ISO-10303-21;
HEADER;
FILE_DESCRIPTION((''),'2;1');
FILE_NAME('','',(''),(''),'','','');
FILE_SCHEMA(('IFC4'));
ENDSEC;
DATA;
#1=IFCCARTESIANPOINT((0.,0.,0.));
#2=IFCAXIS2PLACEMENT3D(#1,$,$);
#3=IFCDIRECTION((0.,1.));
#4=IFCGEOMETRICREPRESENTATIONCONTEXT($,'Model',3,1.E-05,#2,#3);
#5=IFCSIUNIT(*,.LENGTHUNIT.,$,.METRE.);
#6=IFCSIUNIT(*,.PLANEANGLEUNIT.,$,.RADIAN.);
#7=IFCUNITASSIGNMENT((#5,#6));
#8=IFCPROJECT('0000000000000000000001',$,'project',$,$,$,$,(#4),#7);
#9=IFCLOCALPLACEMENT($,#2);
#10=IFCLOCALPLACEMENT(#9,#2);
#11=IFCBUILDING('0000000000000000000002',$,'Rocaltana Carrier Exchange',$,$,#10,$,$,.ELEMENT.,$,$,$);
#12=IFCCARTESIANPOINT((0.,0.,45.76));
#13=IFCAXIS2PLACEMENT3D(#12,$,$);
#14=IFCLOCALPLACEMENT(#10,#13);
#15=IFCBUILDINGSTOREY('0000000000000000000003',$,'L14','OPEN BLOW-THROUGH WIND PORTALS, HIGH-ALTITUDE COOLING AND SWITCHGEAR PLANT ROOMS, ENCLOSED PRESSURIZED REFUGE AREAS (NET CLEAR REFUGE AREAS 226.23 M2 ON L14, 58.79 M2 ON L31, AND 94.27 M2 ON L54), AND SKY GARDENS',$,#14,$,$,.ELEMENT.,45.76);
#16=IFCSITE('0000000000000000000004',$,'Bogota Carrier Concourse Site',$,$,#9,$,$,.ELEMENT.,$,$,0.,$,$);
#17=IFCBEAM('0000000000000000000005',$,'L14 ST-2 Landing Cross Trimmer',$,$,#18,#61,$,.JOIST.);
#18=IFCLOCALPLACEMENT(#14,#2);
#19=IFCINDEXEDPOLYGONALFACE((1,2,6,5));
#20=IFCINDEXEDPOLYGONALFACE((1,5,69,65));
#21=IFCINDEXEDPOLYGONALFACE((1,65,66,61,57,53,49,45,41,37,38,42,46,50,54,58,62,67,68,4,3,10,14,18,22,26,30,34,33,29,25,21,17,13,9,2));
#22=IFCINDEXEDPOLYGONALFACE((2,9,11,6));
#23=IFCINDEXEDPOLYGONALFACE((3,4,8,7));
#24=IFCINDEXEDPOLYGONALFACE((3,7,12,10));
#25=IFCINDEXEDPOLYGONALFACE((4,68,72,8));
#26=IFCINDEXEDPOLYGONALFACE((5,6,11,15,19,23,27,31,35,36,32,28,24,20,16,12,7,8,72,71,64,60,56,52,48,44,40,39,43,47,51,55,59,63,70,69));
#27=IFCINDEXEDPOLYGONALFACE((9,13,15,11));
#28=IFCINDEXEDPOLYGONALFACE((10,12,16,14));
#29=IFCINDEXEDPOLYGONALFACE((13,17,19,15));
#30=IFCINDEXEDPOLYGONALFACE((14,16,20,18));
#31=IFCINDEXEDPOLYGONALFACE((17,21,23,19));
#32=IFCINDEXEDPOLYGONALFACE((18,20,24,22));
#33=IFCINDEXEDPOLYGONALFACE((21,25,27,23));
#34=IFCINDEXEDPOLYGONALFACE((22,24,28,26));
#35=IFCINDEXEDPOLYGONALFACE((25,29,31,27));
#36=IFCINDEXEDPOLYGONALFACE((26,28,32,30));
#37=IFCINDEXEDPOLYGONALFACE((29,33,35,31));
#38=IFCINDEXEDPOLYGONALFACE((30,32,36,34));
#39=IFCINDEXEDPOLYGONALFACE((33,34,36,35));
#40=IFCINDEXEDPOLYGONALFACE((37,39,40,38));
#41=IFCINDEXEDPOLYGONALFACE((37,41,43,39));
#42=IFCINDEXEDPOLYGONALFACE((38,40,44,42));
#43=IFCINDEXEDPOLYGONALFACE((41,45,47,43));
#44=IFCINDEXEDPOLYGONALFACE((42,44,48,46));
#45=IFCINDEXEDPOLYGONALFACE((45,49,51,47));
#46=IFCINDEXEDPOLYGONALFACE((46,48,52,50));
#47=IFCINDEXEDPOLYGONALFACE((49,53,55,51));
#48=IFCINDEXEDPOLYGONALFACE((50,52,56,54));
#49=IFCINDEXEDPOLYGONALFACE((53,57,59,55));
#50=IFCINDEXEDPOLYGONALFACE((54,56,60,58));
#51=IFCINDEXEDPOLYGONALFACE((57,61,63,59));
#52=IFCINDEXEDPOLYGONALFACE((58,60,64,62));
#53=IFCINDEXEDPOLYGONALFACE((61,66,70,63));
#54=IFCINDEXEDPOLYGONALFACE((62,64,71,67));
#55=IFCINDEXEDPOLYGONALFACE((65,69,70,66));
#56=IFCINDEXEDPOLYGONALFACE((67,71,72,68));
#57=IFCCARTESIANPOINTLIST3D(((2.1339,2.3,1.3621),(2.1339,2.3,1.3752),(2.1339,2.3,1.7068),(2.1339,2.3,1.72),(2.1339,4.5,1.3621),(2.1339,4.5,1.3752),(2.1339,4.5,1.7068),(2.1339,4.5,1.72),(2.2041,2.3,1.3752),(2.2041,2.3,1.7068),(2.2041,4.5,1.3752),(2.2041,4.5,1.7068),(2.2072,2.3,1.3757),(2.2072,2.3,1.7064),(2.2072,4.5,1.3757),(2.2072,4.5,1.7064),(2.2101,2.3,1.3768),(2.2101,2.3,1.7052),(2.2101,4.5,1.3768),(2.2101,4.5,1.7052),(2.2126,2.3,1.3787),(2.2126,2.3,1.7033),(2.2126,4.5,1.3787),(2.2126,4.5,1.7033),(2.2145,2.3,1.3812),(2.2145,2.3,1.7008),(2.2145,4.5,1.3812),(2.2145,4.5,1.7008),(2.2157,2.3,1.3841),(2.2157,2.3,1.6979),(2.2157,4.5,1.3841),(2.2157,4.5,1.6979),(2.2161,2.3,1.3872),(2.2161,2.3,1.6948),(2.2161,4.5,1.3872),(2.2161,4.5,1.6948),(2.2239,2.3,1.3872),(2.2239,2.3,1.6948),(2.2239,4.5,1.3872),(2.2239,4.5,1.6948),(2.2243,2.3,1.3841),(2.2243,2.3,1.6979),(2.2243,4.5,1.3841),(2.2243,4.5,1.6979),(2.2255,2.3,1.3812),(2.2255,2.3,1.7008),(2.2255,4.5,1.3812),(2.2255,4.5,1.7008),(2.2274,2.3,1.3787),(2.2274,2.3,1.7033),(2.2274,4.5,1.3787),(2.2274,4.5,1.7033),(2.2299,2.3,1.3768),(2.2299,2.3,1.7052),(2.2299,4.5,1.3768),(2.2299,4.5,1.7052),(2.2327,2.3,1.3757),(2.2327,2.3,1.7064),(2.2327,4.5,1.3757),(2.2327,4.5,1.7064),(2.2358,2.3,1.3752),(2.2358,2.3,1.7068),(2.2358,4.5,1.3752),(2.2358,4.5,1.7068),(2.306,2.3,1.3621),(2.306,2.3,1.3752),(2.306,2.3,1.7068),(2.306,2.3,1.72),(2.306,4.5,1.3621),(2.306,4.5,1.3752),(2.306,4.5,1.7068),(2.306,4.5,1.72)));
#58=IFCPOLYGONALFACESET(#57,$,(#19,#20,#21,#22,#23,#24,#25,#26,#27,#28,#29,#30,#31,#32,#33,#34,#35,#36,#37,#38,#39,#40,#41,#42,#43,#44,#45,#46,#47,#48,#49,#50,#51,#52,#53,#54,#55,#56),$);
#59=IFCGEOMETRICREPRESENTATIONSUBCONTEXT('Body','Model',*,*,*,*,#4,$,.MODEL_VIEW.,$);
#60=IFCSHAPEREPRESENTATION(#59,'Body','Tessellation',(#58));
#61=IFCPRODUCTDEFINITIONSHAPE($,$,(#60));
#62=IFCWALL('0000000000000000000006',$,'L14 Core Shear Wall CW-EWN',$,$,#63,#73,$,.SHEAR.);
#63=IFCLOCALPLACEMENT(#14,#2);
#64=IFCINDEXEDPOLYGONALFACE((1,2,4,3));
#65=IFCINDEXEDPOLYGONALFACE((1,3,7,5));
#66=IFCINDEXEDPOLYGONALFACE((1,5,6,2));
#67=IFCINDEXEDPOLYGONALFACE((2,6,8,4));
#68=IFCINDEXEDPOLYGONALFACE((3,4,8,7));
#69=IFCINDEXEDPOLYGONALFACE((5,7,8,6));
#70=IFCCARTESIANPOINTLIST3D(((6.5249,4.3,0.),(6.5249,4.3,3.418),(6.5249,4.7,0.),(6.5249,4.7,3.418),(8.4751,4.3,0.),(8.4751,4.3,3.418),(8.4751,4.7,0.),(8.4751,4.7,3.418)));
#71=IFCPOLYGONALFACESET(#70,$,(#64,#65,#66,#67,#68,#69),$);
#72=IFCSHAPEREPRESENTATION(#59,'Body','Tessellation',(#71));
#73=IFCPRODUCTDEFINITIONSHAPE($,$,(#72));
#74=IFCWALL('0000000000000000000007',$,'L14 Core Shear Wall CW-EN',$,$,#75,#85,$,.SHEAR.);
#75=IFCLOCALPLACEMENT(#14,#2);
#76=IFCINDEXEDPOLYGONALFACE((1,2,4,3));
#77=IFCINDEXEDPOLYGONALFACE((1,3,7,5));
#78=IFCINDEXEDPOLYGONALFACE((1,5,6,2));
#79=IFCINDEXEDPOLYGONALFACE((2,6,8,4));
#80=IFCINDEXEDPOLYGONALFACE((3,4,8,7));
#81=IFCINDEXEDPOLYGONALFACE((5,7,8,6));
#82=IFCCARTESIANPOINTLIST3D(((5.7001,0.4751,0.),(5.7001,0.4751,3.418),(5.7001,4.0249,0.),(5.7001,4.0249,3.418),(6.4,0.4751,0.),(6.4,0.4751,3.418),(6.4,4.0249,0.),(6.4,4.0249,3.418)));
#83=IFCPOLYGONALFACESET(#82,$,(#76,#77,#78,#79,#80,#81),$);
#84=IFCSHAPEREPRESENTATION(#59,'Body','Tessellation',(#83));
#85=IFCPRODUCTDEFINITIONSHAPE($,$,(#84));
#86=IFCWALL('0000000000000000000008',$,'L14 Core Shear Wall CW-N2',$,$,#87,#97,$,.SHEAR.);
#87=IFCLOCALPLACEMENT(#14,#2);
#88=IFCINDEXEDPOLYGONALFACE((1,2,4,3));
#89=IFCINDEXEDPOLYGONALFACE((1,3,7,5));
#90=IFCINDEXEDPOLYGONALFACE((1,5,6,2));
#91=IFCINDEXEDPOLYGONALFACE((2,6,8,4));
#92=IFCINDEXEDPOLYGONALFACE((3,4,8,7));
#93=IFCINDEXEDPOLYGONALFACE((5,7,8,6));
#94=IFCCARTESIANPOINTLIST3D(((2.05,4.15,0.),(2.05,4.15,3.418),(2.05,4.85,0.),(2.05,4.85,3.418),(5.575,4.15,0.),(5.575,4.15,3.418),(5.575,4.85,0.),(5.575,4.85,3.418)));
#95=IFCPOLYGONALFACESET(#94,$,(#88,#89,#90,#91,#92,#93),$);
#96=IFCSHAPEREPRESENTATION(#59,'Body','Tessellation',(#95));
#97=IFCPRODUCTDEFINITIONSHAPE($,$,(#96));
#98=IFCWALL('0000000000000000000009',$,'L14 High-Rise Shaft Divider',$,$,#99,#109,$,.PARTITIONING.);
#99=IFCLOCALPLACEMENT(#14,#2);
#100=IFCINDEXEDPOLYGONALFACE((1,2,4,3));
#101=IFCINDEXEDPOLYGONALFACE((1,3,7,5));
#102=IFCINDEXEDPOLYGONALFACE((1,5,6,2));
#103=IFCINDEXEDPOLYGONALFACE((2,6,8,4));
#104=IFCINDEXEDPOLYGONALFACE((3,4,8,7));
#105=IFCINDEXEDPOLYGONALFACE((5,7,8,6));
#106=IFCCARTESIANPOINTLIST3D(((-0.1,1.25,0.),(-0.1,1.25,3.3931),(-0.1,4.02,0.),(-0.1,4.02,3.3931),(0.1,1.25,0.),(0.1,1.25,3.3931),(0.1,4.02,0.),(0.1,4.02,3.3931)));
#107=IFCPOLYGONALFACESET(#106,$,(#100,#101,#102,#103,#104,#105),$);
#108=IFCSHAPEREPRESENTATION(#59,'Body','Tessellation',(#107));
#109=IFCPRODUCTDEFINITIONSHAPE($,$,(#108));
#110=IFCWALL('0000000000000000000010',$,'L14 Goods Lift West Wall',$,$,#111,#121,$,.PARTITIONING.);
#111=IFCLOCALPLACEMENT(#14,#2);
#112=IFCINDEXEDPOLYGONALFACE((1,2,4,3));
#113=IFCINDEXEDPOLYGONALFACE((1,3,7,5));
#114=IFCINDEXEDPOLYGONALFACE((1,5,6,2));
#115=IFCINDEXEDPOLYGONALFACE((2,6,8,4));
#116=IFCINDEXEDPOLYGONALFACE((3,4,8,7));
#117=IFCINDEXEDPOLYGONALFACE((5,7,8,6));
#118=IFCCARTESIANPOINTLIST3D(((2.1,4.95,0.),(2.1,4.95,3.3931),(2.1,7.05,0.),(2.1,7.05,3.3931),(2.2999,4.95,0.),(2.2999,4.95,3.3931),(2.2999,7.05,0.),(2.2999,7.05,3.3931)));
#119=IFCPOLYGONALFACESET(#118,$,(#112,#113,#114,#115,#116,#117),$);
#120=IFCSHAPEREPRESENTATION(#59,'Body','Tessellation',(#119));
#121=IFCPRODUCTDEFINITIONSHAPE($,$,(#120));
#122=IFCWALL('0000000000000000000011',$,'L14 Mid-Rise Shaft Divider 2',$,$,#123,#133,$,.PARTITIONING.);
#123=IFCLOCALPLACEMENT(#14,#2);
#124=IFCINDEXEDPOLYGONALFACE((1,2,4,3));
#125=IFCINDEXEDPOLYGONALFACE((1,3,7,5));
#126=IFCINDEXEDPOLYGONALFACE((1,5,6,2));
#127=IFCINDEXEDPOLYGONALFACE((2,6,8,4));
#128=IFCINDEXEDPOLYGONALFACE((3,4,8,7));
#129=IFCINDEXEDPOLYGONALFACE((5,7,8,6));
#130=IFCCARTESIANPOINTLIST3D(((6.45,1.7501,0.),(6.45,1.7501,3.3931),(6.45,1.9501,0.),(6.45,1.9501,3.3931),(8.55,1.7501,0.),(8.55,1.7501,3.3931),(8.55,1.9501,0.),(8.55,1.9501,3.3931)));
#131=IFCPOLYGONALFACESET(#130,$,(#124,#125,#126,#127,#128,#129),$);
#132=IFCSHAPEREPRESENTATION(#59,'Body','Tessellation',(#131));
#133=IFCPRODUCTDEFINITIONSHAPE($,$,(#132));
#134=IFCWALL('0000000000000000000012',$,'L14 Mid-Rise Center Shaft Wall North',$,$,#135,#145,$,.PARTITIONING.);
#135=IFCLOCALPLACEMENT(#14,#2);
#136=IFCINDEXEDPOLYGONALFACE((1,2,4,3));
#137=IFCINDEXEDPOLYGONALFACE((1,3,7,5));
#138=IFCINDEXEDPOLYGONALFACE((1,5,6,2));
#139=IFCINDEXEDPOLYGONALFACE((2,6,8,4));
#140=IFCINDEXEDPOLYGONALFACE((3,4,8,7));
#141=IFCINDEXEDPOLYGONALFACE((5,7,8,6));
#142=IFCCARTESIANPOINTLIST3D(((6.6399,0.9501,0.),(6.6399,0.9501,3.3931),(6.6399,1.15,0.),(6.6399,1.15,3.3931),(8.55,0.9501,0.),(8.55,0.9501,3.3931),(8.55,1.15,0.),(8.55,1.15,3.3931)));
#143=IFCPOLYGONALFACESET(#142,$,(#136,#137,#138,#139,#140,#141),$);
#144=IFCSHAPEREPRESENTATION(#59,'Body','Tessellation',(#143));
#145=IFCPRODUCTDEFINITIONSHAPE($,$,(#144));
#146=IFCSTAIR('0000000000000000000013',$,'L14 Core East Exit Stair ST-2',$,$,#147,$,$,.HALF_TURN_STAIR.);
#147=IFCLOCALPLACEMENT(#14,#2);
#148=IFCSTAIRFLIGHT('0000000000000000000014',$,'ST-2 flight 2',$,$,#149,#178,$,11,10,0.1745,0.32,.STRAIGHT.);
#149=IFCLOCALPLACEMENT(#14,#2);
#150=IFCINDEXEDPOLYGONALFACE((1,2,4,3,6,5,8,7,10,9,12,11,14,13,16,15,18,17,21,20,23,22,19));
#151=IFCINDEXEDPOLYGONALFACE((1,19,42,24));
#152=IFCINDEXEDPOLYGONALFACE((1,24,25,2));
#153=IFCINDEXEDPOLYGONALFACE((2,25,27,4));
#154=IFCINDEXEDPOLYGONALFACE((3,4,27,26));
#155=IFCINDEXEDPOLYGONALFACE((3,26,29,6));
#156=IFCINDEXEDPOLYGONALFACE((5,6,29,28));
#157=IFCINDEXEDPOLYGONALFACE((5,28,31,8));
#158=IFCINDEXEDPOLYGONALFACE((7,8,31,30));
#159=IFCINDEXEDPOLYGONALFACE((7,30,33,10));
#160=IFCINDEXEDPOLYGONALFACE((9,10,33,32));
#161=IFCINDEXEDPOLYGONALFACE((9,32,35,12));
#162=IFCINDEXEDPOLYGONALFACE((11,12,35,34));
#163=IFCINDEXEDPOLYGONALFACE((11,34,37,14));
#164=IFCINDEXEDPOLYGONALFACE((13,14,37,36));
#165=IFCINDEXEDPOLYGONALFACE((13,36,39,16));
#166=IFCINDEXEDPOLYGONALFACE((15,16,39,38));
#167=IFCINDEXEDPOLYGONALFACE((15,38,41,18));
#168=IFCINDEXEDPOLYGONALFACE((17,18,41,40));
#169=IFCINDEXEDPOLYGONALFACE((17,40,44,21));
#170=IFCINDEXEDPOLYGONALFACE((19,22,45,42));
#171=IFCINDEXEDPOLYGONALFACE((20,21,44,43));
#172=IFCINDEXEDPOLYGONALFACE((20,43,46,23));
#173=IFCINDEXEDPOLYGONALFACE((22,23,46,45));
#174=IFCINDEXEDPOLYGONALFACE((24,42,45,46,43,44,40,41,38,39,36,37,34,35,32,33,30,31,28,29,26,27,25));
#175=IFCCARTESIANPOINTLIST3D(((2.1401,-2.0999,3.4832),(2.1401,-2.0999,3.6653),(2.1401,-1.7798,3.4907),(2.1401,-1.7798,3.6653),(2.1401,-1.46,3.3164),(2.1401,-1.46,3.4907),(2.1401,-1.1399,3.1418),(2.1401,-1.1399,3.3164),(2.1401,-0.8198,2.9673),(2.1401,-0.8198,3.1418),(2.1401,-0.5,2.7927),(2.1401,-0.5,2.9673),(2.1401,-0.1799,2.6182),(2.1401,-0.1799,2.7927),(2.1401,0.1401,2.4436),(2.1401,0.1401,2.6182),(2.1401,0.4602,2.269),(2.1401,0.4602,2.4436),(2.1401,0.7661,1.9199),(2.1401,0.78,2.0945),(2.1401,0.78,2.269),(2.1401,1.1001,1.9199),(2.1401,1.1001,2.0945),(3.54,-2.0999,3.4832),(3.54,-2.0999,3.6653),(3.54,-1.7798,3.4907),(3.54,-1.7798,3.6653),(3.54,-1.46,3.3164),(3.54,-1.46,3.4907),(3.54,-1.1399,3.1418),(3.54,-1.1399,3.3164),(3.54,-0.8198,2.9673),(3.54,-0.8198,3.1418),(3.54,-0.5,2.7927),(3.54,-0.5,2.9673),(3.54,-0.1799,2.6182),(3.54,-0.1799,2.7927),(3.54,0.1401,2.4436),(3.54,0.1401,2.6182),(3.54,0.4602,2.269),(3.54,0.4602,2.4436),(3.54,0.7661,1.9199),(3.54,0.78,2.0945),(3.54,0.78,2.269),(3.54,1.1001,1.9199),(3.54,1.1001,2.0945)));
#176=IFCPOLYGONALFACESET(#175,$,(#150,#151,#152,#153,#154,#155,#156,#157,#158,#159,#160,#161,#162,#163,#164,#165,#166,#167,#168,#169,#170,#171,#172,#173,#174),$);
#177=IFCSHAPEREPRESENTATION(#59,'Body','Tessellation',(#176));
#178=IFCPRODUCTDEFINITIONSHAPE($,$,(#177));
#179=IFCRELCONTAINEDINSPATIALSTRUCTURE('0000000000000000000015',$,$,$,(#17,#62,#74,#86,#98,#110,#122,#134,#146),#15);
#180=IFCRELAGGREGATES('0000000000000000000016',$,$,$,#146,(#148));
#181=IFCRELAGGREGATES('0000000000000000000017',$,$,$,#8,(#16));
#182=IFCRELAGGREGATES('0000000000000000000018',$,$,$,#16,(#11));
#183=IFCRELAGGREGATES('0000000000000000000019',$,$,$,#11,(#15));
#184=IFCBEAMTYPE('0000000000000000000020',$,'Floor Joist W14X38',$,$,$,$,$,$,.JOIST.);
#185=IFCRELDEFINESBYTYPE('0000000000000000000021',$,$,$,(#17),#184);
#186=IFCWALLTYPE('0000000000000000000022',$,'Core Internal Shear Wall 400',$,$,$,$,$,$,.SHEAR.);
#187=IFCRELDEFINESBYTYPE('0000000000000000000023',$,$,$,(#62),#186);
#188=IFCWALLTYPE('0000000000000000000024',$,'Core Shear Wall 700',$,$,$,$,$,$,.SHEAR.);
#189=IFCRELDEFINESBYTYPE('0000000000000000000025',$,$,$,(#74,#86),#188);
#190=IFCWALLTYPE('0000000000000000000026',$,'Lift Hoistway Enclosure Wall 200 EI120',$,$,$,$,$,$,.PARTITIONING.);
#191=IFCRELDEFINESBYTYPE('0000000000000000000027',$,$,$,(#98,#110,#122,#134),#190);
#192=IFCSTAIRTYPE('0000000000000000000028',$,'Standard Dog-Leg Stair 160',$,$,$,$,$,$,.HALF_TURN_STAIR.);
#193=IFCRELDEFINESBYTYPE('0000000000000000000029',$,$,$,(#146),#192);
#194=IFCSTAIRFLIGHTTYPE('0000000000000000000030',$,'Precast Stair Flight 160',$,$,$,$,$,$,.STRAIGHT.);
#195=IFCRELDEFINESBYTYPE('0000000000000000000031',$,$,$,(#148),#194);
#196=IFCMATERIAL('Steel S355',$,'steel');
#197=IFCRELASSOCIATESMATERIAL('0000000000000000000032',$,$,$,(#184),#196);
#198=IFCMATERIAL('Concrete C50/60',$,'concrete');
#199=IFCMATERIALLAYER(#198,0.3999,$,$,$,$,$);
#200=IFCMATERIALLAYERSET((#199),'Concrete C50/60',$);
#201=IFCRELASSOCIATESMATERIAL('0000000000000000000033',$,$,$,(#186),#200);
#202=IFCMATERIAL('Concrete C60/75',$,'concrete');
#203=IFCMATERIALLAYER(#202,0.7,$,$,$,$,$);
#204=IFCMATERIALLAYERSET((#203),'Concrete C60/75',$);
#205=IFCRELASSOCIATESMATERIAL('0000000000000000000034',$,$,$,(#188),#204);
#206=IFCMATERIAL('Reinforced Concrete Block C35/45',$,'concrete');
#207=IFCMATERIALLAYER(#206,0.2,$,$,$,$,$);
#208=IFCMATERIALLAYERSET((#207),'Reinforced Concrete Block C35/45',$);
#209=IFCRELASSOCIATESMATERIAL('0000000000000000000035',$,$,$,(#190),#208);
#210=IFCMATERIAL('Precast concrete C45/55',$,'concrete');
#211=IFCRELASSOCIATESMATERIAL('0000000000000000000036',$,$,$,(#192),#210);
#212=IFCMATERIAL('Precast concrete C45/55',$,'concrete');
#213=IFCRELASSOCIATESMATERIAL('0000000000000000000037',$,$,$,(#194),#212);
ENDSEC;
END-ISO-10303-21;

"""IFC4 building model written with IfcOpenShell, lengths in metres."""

from ifc_helpers import new_model, si_unit, direction, frame, frame_2d, origin, origin_2d, place, context, subcontext, project, spatial, polyline, rectangle, i_section, outline, extrude, material, layer, layer_set, material_profile, profile_set, type_object, element, aggregate, save


model = new_model("IFC4")

# Units and contexts
model_context = context("Model", 3, precision=1e-05, world=origin(), true_north=direction((0.0, 1.0)))
body_context = subcontext(model_context, "Body", "Model", "MODEL_VIEW")
ifc_project = project(units=[si_unit("LENGTHUNIT", "METRE"), si_unit("PLANEANGLEUNIT", "RADIAN")], contexts=[model_context])

# Site, building, storey
site_placement = place(None, origin())
site = spatial("IfcSite", under=ifc_project, at=site_placement, Name="Bogota Carrier Concourse Site", CompositionType="ELEMENT", RefElevation=0.0)
building_placement = place(site_placement, origin())
building = spatial("IfcBuilding", under=site, at=building_placement, Name="Rocaltana Carrier Exchange", CompositionType="ELEMENT")
storey_placement = place(building_placement, frame((0.0, 0.0, 45.76)))
storey = spatial("IfcBuildingStorey", under=building, at=storey_placement, Name="L14", Description="OPEN BLOW-THROUGH WIND PORTALS, HIGH-ALTITUDE COOLING AND SWITCHGEAR PLANT ROOMS, ENCLOSED PRESSURIZED REFUGE AREAS (NET CLEAR REFUGE AREAS 226.23 M2 ON L14, 58.79 M2 ON L31, AND 94.27 M2 ON L54), AND SKY GARDENS", CompositionType="ELEMENT", Elevation=45.76)

# Beam
ifc_material_1 = material(Name="Steel S355", Category="steel")
ifc_material_profile_1 = material_profile(ifc_material_1, i_section(OverallWidth=0.1721, OverallDepth=0.3579, WebThickness=0.0078, FlangeThickness=0.0132, FilletRadius=0.012, at=origin_2d()), Name="W14X38")
ifc_profile_set_1 = profile_set([ifc_material_profile_1], Name="Steel S355")
beam_type = type_object("IfcBeamType", Name="Floor Joist W14X38", PredefinedType="JOIST", material=ifc_profile_set_1)
beam_placement = place(storey_placement, frame((2.22, 2.3, 1.541), z_axis=(0.0, 1.0, 0.0), x_axis=(-1.0, 0.0, 0.0)))
element("IfcBeam", 1, at=beam_placement, inside=storey, type_object=beam_type, Name="L14 ST-2 Landing Cross Trimmer", PredefinedType="JOIST", context=body_context, shape_type="SweptSolid", body=[
    extrude(i_section(OverallWidth=0.1721, OverallDepth=0.3579, WebThickness=0.0078, FlangeThickness=0.0132, FilletRadius=0.012, at=origin_2d()), origin(), (0.0, 0.0, 1.0), 2.2),
])

# Walls
ifc_material_2 = material(Name="Concrete C50/60", Category="concrete")
ifc_layer_1 = layer(ifc_material_2, 0.3999)
ifc_layer_set_1 = layer_set([ifc_layer_1], Name="Concrete C50/60")
wall_type_1 = type_object("IfcWallType", Name="Core Internal Shear Wall 400", PredefinedType="SHEAR", material=ifc_layer_set_1)
wall_1_placement = place(storey_placement, frame((6.5249, 4.5, 0.0), z_axis=(0.0, 0.0, 1.0), x_axis=(1.0, 0.0, 0.0)))
element("IfcWall", 2, at=wall_1_placement, inside=storey, type_object=wall_type_1, Name="L14 Core Shear Wall CW-EWN", PredefinedType="SHEAR", context=body_context, shape_type="SweptSolid", body=[
    extrude(rectangle(XDim=1.9502, YDim=0.3999, at=frame_2d((0.9751, 0.0))), origin(), (0.0, 0.0, 1.0), 3.418),
])
ifc_material_3 = material(Name="Concrete C60/75", Category="concrete")
ifc_layer_2 = layer(ifc_material_3, 0.7)
ifc_layer_set_2 = layer_set([ifc_layer_2], Name="Concrete C60/75")
wall_type_2 = type_object("IfcWallType", Name="Core Shear Wall 700", PredefinedType="SHEAR", material=ifc_layer_set_2)
wall_2_placement = place(storey_placement, frame((6.05, 0.4751, 0.0), z_axis=(0.0, 0.0, 1.0), x_axis=(0.0, 1.0, 0.0)))
element("IfcWall", 3, at=wall_2_placement, inside=storey, type_object=wall_type_2, Name="L14 Core Shear Wall CW-EN", PredefinedType="SHEAR", context=body_context, shape_type="SweptSolid", body=[
    extrude(rectangle(XDim=3.5498, YDim=0.7, at=frame_2d((1.7749, 0.0))), origin(), (0.0, 0.0, 1.0), 3.418),
])
wall_3_placement = place(storey_placement, frame((2.05, 4.5, 0.0), z_axis=(0.0, 0.0, 1.0), x_axis=(1.0, 0.0, 0.0)))
element("IfcWall", 4, at=wall_3_placement, inside=storey, type_object=wall_type_2, Name="L14 Core Shear Wall CW-N2", PredefinedType="SHEAR", context=body_context, shape_type="SweptSolid", body=[
    extrude(rectangle(XDim=3.5249, YDim=0.7, at=frame_2d((1.7625, 0.0))), origin(), (0.0, 0.0, 1.0), 3.418),
])
ifc_material_4 = material(Name="Reinforced Concrete Block C35/45", Category="concrete")
ifc_layer_3 = layer(ifc_material_4, 0.2)
ifc_layer_set_3 = layer_set([ifc_layer_3], Name="Reinforced Concrete Block C35/45")
wall_type_3 = type_object("IfcWallType", Name="Lift Hoistway Enclosure Wall 200 EI120", PredefinedType="PARTITIONING", material=ifc_layer_set_3)
wall_4_placement = place(storey_placement, frame((0.0, 1.25, 0.0), z_axis=(0.0, 0.0, 1.0), x_axis=(0.0, 1.0, 0.0)))
element("IfcWall", 5, at=wall_4_placement, inside=storey, type_object=wall_type_3, Name="L14 High-Rise Shaft Divider", PredefinedType="PARTITIONING", context=body_context, shape_type="SweptSolid", body=[
    extrude(rectangle(XDim=2.77, YDim=0.2, at=frame_2d((1.385, 0.0))), origin(), (0.0, 0.0, 1.0), 3.3931),
])
for number, where, z_axis, x_axis, name in (
    (6, (2.2, 4.95, 0.0), (0.0, 0.0, 1.0), (0.0, 1.0, 0.0), "L14 Goods Lift West Wall"),
    (7, (6.45, 1.8501, 0.0), (0.0, 0.0, 1.0), (1.0, 0.0, 0.0), "L14 Mid-Rise Shaft Divider 2"),
):
    element("IfcWall", number, at=place(storey_placement, frame(where, z_axis=z_axis, x_axis=x_axis)), inside=storey, type_object=wall_type_3, Name=name, PredefinedType="PARTITIONING", context=body_context, shape_type="SweptSolid", body=[
        extrude(rectangle(XDim=2.1001, YDim=0.2, at=frame_2d((1.05, 0.0))), origin(), (0.0, 0.0, 1.0), 3.3931),
    ])
wall_5_placement = place(storey_placement, frame((6.6399, 1.05, 0.0), z_axis=(0.0, 0.0, 1.0), x_axis=(1.0, 0.0, 0.0)))
element("IfcWall", 8, at=wall_5_placement, inside=storey, type_object=wall_type_3, Name="L14 Mid-Rise Center Shaft Wall North", PredefinedType="PARTITIONING", context=body_context, shape_type="SweptSolid", body=[
    extrude(rectangle(XDim=1.9102, YDim=0.2, at=frame_2d((0.9551, 0.0))), origin(), (0.0, 0.0, 1.0), 3.3931),
])

# Stair, stair flight
ifc_material_5 = material(Name="Precast concrete C45/55", Category="concrete")
stair_type = type_object("IfcStairType", Name="Standard Dog-Leg Stair 160", PredefinedType="HALF_TURN_STAIR", material=ifc_material_5)
stair_placement = place(storey_placement, origin())
stair = element("IfcStair", 9, at=stair_placement, inside=storey, type_object=stair_type, Name="L14 Core East Exit Stair ST-2", PredefinedType="HALF_TURN_STAIR")
ifc_material_6 = material(Name="Precast concrete C45/55", Category="concrete")
stair_flight_type = type_object("IfcStairFlightType", Name="Precast Stair Flight 160", PredefinedType="STRAIGHT", material=ifc_material_6)
stair_flight_placement = place(storey_placement, frame((2.8401, 1.1001, 1.9199), z_axis=(0.0, 0.0, 1.0), x_axis=(0.0, -1.0, 0.0)))
stair_flight = element("IfcStairFlight", 10, at=stair_flight_placement, type_object=stair_flight_type, Name="ST-2 flight 2", NumberOfRisers=11, NumberOfTreads=10, PredefinedType="STRAIGHT", RiserHeight=0.1745, TreadLength=0.32, context=body_context, shape_type="SweptSolid", body=[
    extrude(outline(polyline([(0.0, 0.0), (0.0, 0.1746), (0.3201, 0.1746), (0.3201, 0.3491), (0.6399, 0.3491), (0.6399, 0.5237), (0.96, 0.5237), (0.96, 0.6982), (1.28, 0.6982), (1.28, 0.8728), (1.6001, 0.8728), (1.6001, 1.0474), (1.9199, 1.0474), (1.9199, 1.2219), (2.24, 1.2219), (2.24, 1.3965), (2.5601, 1.3965), (2.5601, 1.5708), (2.8799, 1.5708), (2.8799, 1.7454), (3.2, 1.7454), (3.2, 1.9199), (3.2, 1.5632), (0.334, 0.0), (0.0, 0.0)])), frame((0.0, 0.7, 0.0), z_axis=(0.0, -1.0, 0.0), x_axis=(1.0, 0.0, 0.0)), (0.0, 0.0, 1.0), 1.3999),
])
aggregate(stair, [stair_flight])

save(model, "model.ifc")
